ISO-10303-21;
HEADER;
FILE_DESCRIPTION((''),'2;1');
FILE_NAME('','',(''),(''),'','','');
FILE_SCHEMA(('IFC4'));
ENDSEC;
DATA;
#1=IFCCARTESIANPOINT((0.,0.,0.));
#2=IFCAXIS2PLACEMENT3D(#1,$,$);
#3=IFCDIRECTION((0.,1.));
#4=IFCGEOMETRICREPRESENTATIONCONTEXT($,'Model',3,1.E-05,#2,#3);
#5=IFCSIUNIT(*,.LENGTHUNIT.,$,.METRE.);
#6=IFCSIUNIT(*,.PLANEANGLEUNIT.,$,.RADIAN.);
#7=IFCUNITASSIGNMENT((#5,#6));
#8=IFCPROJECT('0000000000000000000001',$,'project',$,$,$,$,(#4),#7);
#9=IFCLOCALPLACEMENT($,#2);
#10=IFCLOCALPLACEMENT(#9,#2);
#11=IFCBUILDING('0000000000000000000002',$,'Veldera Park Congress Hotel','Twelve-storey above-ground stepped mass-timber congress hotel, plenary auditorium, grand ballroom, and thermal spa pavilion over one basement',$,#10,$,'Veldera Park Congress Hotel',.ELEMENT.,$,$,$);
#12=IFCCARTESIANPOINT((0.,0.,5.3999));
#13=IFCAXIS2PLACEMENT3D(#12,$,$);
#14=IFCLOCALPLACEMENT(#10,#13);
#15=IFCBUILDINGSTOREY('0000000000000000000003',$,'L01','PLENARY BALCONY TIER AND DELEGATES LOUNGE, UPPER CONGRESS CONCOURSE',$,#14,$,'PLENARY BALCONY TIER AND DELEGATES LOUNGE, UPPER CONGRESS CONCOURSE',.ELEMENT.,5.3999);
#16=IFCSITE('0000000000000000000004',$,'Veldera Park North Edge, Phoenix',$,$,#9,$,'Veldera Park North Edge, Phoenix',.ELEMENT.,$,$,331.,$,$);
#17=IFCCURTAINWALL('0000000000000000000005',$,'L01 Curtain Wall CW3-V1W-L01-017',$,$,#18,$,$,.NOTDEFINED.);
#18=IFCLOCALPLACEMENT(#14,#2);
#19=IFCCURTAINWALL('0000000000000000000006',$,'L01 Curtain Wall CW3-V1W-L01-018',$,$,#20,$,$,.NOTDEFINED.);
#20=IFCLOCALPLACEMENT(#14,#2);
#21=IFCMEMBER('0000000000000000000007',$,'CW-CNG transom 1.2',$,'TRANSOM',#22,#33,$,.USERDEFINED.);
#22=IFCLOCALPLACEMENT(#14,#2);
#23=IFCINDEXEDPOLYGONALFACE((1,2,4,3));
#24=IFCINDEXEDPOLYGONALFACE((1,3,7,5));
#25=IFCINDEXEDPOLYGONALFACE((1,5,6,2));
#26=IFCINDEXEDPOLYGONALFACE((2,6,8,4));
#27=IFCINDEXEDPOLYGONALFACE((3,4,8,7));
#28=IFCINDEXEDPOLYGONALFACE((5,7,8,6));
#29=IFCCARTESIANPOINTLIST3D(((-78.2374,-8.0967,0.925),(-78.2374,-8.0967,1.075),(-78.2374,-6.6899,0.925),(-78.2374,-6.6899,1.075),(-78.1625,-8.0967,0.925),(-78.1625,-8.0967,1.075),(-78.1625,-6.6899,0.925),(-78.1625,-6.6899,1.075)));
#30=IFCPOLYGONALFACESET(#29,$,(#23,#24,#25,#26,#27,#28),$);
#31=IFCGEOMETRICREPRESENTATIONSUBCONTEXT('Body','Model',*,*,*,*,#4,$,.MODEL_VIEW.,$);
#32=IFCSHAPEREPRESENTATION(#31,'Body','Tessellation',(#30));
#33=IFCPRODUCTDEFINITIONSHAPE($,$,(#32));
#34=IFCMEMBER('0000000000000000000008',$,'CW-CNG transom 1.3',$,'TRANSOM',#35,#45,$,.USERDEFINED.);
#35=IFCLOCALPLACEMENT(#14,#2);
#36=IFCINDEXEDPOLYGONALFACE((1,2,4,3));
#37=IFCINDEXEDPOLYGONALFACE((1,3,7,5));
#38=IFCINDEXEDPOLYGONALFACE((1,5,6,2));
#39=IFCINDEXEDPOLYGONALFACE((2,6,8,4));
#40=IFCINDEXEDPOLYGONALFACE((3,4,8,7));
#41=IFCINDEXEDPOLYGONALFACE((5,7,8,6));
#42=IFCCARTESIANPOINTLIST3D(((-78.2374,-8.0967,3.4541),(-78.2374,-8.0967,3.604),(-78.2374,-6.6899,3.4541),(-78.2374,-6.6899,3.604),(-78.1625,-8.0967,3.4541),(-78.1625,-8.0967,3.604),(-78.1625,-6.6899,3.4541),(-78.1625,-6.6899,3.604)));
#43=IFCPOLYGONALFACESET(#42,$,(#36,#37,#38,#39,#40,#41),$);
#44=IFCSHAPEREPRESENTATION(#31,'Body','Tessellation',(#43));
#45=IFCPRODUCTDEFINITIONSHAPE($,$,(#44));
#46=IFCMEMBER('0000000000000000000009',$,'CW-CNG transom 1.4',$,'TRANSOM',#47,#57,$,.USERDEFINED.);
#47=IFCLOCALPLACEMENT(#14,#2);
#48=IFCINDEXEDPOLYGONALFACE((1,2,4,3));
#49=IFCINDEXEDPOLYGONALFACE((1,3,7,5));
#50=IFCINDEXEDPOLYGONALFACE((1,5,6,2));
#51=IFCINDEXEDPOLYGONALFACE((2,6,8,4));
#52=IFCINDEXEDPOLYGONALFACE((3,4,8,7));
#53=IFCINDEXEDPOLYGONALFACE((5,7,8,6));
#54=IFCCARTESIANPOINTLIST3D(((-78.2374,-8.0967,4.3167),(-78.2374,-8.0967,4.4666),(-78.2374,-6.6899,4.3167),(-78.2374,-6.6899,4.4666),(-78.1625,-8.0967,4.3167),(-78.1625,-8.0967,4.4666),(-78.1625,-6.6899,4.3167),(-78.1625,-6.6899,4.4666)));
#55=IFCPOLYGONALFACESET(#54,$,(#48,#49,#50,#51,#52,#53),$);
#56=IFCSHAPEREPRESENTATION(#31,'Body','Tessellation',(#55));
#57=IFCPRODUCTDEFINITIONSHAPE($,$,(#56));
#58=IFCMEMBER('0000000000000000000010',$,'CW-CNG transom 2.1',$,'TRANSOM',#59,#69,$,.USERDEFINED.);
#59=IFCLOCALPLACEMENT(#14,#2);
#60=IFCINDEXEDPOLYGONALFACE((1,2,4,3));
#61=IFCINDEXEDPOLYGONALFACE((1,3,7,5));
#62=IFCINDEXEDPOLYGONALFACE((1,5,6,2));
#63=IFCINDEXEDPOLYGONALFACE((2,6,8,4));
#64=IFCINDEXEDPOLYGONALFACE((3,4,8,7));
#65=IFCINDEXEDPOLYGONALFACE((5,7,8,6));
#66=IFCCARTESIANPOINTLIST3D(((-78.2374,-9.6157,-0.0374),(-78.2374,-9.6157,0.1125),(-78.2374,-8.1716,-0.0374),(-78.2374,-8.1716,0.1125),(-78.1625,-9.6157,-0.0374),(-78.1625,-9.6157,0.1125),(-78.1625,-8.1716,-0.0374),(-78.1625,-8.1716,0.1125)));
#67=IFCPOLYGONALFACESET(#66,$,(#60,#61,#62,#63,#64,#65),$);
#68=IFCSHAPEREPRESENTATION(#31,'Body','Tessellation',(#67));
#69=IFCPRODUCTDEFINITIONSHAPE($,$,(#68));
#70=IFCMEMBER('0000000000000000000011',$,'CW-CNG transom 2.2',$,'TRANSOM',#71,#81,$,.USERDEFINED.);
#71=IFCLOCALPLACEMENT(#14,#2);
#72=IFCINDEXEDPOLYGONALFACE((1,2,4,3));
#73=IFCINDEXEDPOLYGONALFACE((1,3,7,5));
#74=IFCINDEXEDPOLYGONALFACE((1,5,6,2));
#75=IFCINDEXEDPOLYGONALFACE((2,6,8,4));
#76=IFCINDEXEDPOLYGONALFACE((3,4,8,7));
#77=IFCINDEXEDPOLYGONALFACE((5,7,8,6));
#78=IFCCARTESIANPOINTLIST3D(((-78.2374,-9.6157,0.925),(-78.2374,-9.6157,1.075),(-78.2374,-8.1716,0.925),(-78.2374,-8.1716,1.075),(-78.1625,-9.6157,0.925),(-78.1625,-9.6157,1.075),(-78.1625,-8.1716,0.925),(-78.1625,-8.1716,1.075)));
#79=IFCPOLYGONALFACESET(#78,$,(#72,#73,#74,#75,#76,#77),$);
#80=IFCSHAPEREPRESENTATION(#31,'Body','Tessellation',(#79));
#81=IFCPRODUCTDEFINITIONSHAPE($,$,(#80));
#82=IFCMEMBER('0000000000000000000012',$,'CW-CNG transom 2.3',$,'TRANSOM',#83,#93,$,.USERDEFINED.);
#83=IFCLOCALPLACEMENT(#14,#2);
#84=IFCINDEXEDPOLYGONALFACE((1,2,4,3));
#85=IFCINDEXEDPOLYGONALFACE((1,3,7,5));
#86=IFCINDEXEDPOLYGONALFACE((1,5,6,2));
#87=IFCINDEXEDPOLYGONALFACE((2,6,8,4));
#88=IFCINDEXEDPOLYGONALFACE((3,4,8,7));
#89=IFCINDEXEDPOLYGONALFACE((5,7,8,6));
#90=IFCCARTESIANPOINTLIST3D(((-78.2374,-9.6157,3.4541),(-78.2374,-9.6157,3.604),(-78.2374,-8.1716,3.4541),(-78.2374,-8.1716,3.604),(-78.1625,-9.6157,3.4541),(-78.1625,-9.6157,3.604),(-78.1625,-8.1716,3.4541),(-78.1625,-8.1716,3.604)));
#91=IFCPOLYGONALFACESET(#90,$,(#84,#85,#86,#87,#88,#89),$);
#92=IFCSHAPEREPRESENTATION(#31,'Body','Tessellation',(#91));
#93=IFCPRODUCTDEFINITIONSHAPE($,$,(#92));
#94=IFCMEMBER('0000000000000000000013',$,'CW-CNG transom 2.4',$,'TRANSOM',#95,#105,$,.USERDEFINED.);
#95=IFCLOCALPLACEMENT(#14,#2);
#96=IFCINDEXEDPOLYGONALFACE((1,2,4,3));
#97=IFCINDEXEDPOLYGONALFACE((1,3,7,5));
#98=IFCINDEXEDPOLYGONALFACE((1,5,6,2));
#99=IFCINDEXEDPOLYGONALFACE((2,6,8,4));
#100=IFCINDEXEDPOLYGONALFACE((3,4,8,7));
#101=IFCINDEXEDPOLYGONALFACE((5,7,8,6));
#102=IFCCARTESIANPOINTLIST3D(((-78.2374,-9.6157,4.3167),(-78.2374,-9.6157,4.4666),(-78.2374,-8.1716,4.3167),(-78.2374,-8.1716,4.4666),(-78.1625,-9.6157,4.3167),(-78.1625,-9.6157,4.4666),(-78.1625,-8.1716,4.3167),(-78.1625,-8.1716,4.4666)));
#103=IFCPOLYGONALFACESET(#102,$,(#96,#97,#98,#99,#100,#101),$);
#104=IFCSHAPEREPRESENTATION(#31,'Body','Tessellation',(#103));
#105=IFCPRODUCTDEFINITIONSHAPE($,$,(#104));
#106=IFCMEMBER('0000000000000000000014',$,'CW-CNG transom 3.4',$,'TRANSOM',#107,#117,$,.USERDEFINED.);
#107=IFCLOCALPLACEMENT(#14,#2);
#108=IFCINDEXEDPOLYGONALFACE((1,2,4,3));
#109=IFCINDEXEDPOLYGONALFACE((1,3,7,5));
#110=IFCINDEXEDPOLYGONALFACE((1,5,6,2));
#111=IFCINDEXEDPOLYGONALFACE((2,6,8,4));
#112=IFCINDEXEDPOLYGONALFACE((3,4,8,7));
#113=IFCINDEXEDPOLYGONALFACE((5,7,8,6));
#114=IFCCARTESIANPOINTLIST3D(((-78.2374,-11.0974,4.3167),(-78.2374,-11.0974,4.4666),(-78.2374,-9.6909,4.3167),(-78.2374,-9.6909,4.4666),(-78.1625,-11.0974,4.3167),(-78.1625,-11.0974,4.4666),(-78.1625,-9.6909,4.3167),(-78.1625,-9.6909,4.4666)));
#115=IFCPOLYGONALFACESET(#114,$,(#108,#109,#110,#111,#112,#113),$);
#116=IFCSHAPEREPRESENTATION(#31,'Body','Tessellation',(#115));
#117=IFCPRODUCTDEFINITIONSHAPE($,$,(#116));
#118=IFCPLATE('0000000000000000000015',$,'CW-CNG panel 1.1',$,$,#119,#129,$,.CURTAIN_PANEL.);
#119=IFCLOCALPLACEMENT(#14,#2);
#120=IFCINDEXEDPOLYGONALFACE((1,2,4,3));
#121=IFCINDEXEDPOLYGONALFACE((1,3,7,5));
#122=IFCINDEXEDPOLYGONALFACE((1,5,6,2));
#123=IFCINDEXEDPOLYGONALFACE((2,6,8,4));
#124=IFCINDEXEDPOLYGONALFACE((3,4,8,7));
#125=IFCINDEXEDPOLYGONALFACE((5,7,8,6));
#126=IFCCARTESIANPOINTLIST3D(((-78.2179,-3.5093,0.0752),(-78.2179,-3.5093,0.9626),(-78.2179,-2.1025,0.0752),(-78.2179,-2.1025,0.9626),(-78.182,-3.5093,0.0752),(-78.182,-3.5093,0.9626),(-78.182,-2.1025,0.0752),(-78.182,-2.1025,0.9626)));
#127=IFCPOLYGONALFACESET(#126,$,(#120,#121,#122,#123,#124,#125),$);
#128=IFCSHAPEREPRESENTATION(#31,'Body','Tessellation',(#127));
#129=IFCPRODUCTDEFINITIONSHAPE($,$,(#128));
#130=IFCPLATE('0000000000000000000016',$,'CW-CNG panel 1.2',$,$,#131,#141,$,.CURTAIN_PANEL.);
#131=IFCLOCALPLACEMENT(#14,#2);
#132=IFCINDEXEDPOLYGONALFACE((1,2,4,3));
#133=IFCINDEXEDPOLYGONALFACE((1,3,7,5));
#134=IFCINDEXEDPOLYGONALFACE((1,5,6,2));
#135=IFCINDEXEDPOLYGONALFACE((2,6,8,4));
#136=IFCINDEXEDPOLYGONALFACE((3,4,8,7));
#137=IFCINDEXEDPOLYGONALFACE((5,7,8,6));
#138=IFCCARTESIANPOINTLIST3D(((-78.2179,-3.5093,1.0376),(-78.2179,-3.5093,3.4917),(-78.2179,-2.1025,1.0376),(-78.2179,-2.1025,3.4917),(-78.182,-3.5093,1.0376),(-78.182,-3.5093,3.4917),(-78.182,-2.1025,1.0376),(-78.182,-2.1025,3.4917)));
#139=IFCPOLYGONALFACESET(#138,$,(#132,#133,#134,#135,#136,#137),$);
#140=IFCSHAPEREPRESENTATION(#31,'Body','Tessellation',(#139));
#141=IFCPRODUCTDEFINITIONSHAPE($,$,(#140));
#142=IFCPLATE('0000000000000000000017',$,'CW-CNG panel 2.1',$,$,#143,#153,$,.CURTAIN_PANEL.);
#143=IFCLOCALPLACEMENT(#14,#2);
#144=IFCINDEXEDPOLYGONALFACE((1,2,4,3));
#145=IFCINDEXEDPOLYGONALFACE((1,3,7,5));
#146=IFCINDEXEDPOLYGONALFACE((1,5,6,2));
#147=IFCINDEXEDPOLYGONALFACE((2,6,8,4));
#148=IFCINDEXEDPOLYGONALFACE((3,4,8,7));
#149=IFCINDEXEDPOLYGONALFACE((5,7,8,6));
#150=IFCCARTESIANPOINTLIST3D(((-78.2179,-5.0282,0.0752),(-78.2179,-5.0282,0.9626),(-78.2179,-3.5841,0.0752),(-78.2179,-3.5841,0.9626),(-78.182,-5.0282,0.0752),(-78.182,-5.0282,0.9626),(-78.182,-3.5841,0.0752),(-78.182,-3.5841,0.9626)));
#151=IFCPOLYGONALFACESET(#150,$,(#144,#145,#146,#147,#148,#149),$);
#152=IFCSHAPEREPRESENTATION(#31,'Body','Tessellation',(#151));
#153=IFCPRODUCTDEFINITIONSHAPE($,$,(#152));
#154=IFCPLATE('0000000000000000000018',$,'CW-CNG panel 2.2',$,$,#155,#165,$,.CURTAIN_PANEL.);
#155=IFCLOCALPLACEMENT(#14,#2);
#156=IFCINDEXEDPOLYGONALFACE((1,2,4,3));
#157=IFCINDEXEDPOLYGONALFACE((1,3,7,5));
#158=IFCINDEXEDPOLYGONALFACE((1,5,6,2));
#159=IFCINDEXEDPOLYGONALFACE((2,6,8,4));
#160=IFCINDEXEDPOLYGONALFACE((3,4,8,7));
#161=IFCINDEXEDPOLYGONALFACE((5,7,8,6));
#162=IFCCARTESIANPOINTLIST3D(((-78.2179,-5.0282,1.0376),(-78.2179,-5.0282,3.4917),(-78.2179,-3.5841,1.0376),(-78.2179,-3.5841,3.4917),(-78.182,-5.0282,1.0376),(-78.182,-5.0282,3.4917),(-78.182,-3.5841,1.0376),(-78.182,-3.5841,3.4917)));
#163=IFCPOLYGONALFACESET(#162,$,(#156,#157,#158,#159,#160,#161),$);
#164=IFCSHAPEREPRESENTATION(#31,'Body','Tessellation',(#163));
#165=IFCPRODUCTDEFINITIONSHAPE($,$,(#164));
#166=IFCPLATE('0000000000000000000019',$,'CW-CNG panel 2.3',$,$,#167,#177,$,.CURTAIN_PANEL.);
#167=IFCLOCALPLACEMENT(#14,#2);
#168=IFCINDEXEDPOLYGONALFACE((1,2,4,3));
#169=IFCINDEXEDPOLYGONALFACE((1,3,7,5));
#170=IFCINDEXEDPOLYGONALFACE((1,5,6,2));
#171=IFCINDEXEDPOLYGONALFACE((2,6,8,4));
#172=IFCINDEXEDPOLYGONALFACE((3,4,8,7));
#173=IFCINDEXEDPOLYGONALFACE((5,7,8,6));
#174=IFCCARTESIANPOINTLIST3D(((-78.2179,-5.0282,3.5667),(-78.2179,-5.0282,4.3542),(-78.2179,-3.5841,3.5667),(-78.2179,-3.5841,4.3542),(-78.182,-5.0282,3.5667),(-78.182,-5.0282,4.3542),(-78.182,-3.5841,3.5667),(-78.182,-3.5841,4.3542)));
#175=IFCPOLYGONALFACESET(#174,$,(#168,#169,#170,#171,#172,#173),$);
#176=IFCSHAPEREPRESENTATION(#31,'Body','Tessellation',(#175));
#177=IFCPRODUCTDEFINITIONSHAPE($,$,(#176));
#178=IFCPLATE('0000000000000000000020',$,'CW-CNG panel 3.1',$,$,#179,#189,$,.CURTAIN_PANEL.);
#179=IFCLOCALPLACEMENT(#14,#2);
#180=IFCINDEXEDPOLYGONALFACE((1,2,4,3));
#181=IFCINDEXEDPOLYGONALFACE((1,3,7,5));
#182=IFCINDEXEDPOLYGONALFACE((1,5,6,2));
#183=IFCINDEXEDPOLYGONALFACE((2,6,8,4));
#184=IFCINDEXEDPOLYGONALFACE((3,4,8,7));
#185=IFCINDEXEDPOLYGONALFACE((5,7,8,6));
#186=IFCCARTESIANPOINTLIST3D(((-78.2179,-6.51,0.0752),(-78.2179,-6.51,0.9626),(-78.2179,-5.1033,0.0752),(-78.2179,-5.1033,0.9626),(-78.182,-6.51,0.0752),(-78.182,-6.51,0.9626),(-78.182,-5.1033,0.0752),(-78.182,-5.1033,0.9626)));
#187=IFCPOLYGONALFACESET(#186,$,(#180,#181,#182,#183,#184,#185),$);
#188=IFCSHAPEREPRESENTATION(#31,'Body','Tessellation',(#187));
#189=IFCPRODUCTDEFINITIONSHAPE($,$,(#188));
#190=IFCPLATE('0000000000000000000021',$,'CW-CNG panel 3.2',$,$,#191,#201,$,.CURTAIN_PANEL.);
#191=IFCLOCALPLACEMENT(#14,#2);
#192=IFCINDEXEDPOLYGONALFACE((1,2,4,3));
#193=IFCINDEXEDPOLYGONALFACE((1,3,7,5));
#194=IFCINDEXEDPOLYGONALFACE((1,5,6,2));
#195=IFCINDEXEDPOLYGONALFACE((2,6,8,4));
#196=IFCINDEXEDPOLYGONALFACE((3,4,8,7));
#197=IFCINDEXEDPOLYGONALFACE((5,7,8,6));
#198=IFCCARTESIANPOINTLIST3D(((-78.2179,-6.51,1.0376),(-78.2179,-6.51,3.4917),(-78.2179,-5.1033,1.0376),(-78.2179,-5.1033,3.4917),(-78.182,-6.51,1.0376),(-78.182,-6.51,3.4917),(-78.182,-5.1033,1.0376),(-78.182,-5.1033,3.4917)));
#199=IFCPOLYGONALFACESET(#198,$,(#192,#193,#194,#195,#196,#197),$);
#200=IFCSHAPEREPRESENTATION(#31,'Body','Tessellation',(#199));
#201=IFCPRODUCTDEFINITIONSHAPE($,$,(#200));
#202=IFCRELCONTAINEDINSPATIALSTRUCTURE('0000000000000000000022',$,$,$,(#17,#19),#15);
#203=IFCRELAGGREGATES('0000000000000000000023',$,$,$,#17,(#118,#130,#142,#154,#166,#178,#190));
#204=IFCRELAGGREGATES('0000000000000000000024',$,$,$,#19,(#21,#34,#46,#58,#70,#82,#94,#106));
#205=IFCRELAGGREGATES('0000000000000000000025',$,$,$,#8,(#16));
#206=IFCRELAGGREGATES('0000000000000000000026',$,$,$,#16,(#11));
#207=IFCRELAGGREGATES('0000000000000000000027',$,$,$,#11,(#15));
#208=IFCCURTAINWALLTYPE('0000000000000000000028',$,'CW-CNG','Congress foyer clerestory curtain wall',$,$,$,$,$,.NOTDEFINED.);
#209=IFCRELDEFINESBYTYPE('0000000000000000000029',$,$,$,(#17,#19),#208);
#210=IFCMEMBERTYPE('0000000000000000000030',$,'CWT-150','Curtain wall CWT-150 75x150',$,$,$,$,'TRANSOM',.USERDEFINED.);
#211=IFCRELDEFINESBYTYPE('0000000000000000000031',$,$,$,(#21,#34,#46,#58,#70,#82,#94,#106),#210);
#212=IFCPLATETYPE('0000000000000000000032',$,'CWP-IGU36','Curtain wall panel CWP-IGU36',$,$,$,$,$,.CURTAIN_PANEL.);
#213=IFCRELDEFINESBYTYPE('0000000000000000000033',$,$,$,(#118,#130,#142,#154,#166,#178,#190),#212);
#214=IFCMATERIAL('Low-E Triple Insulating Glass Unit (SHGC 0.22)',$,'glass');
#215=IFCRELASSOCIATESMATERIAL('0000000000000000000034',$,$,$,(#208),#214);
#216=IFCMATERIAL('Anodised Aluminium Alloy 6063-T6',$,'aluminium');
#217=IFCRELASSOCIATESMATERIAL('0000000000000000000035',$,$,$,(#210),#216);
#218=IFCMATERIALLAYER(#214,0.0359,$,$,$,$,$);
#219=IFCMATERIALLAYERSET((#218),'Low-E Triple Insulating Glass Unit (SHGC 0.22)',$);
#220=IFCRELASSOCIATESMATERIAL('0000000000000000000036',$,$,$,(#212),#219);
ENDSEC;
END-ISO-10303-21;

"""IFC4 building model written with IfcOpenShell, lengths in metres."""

from ifc_helpers import new_model, si_unit, direction, frame, origin, origin_2d, place, context, subcontext, project, spatial, rectangle, extrude, material, layer, layer_set, material_profile, profile_set, type_object, element, aggregate, save


model = new_model("IFC4")

# Units and contexts
model_context = context("Model", 3, precision=1e-05, world=origin(), true_north=direction((0.0, 1.0)))
body_context = subcontext(model_context, "Body", "Model", "MODEL_VIEW")
ifc_project = project(units=[si_unit("LENGTHUNIT", "METRE"), si_unit("PLANEANGLEUNIT", "RADIAN")], contexts=[model_context])

# Site, building, storey
site_placement = place(None, origin())
site = spatial("IfcSite", under=ifc_project, at=site_placement, Name="Veldera Park North Edge, Phoenix", LongName="Veldera Park North Edge, Phoenix", CompositionType="ELEMENT", RefElevation=331.0)
building_placement = place(site_placement, origin())
building = spatial("IfcBuilding", under=site, at=building_placement, Name="Veldera Park Congress Hotel", Description="Twelve-storey above-ground stepped mass-timber congress hotel, plenary auditorium, grand ballroom, and thermal spa pavilion over one basement", LongName="Veldera Park Congress Hotel", CompositionType="ELEMENT")
storey_placement = place(building_placement, frame((0.0, 0.0, 5.3999)))
storey = spatial("IfcBuildingStorey", under=building, at=storey_placement, Name="L01", Description="PLENARY BALCONY TIER AND DELEGATES LOUNGE, UPPER CONGRESS CONCOURSE", LongName="PLENARY BALCONY TIER AND DELEGATES LOUNGE, UPPER CONGRESS CONCOURSE", CompositionType="ELEMENT", Elevation=5.3999)

# Curtain walls
ifc_material_1 = material(Name="Low-E Triple Insulating Glass Unit (SHGC 0.22)", Category="glass")
curtain_wall_type = type_object("IfcCurtainWallType", Name="CW-CNG", Description="Congress foyer clerestory curtain wall", PredefinedType="NOTDEFINED", material=ifc_material_1)
curtain_wall_1_placement = place(storey_placement, origin())
curtain_wall_1 = element("IfcCurtainWall", 1, at=curtain_wall_1_placement, inside=storey, type_object=curtain_wall_type, Name="L01 Curtain Wall CW3-V1W-L01-017", PredefinedType="NOTDEFINED")
ifc_material_2 = material(Name="Anodised Aluminium Alloy 6063-T6", Category="aluminium")
curtain_wall_2_placement = place(storey_placement, origin())
curtain_wall_2 = element("IfcCurtainWall", 2, at=curtain_wall_2_placement, inside=storey, type_object=curtain_wall_type, Name="L01 Curtain Wall CW3-V1W-L01-018", PredefinedType="NOTDEFINED")

# Members
ifc_material_profile_1 = material_profile(ifc_material_2, rectangle(XDim=0.075, YDim=0.1499, at=origin_2d()), Name="ALU 75x150")
ifc_profile_set_1 = profile_set([ifc_material_profile_1], Name="Anodised Aluminium Alloy 6063-T6")
member_type_1 = type_object("IfcMemberType", Name="CWT-150", Description="Curtain wall CWT-150 75x150", ElementType="TRANSOM", PredefinedType="USERDEFINED", material=ifc_profile_set_1)
member_1_placement = place(storey_placement, frame((-78.2, -6.6899, 1.0), z_axis=(0.0, -1.0, 0.0), x_axis=(1.0, 0.0, 0.0)))
member_1 = element("IfcMember", 3, at=member_1_placement, type_object=member_type_1, Name="CW-CNG transom 1.2", ObjectType="TRANSOM", PredefinedType="USERDEFINED", context=body_context, shape_type="SweptSolid", body=[
    extrude(rectangle(XDim=0.075, YDim=0.1499, at=origin_2d()), origin(), (0.0, 0.0, 1.0), 1.4067),
])
member_2_placement = place(storey_placement, frame((-78.2, -6.6899, 3.5291), z_axis=(0.0, -1.0, 0.0), x_axis=(1.0, 0.0, 0.0)))
member_2 = element("IfcMember", 4, at=member_2_placement, type_object=member_type_1, Name="CW-CNG transom 1.3", ObjectType="TRANSOM", PredefinedType="USERDEFINED", context=body_context, shape_type="SweptSolid", body=[
    extrude(rectangle(XDim=0.075, YDim=0.1499, at=origin_2d()), origin(), (0.0, 0.0, 1.0), 1.4067),
])
member_3_placement = place(storey_placement, frame((-78.2, -6.6899, 4.3916), z_axis=(0.0, -1.0, 0.0), x_axis=(1.0, 0.0, 0.0)))
member_3 = element("IfcMember", 5, at=member_3_placement, type_object=member_type_1, Name="CW-CNG transom 1.4", ObjectType="TRANSOM", PredefinedType="USERDEFINED", context=body_context, shape_type="SweptSolid", body=[
    extrude(rectangle(XDim=0.075, YDim=0.1499, at=origin_2d()), origin(), (0.0, 0.0, 1.0), 1.4067),
])
member_4_placement = place(storey_placement, frame((-78.2, -8.1716, 0.0376), z_axis=(0.0, -1.0, 0.0), x_axis=(1.0, 0.0, 0.0)))
member_4 = element("IfcMember", 6, at=member_4_placement, type_object=member_type_1, Name="CW-CNG transom 2.1", ObjectType="TRANSOM", PredefinedType="USERDEFINED", context=body_context, shape_type="SweptSolid", body=[
    extrude(rectangle(XDim=0.075, YDim=0.1499, at=origin_2d()), origin(), (0.0, 0.0, 1.0), 1.4441),
])
member_5_placement = place(storey_placement, frame((-78.2, -8.1716, 1.0), z_axis=(0.0, -1.0, 0.0), x_axis=(1.0, 0.0, 0.0)))
member_5 = element("IfcMember", 7, at=member_5_placement, type_object=member_type_1, Name="CW-CNG transom 2.2", ObjectType="TRANSOM", PredefinedType="USERDEFINED", context=body_context, shape_type="SweptSolid", body=[
    extrude(rectangle(XDim=0.075, YDim=0.1499, at=origin_2d()), origin(), (0.0, 0.0, 1.0), 1.4441),
])
member_6_placement = place(storey_placement, frame((-78.2, -8.1716, 3.5291), z_axis=(0.0, -1.0, 0.0), x_axis=(1.0, 0.0, 0.0)))
member_6 = element("IfcMember", 8, at=member_6_placement, type_object=member_type_1, Name="CW-CNG transom 2.3", ObjectType="TRANSOM", PredefinedType="USERDEFINED", context=body_context, shape_type="SweptSolid", body=[
    extrude(rectangle(XDim=0.075, YDim=0.1499, at=origin_2d()), origin(), (0.0, 0.0, 1.0), 1.4441),
])
member_7_placement = place(storey_placement, frame((-78.2, -8.1716, 4.3916), z_axis=(0.0, -1.0, 0.0), x_axis=(1.0, 0.0, 0.0)))
member_7 = element("IfcMember", 9, at=member_7_placement, type_object=member_type_1, Name="CW-CNG transom 2.4", ObjectType="TRANSOM", PredefinedType="USERDEFINED", context=body_context, shape_type="SweptSolid", body=[
    extrude(rectangle(XDim=0.075, YDim=0.1499, at=origin_2d()), origin(), (0.0, 0.0, 1.0), 1.4441),
])
member_8_placement = place(storey_placement, frame((-78.2, -9.6909, 4.3916), z_axis=(0.0, -1.0, 0.0), x_axis=(1.0, 0.0, 0.0)))
member_8 = element("IfcMember", 10, at=member_8_placement, type_object=member_type_1, Name="CW-CNG transom 3.4", ObjectType="TRANSOM", PredefinedType="USERDEFINED", context=body_context, shape_type="SweptSolid", body=[
    extrude(rectangle(XDim=0.075, YDim=0.1499, at=origin_2d()), origin(), (0.0, 0.0, 1.0), 1.4065),
])

# Plates
ifc_layer_1 = layer(ifc_material_1, 0.0359)
ifc_layer_set_1 = layer_set([ifc_layer_1], Name="Low-E Triple Insulating Glass Unit (SHGC 0.22)")
plate_type_1 = type_object("IfcPlateType", Name="CWP-IGU36", Description="Curtain wall panel CWP-IGU36", PredefinedType="CURTAIN_PANEL", material=ifc_layer_set_1)
plate_1_placement = place(storey_placement, frame((-78.2, -2.8059, 0.0752), z_axis=(0.0, 0.0, 1.0), x_axis=(0.0, -1.0, 0.0)))
plate_1 = element("IfcPlate", 11, at=plate_1_placement, type_object=plate_type_1, Name="CW-CNG panel 1.1", PredefinedType="CURTAIN_PANEL", context=body_context, shape_type="SweptSolid", body=[
    extrude(rectangle(XDim=1.4067, YDim=0.0359, at=origin_2d()), origin(), (0.0, 0.0, 1.0), 0.8875),
])
plate_2_placement = place(storey_placement, frame((-78.2, -2.8059, 1.0376), z_axis=(0.0, 0.0, 1.0), x_axis=(0.0, -1.0, 0.0)))
plate_2 = element("IfcPlate", 12, at=plate_2_placement, type_object=plate_type_1, Name="CW-CNG panel 1.2", PredefinedType="CURTAIN_PANEL", context=body_context, shape_type="SweptSolid", body=[
    extrude(rectangle(XDim=1.4067, YDim=0.0359, at=origin_2d()), origin(), (0.0, 0.0, 1.0), 2.4541),
])
plate_3_placement = place(storey_placement, frame((-78.2, -4.3062, 0.0752), z_axis=(0.0, 0.0, 1.0), x_axis=(0.0, -1.0, 0.0)))
plate_3 = element("IfcPlate", 13, at=plate_3_placement, type_object=plate_type_1, Name="CW-CNG panel 2.1", PredefinedType="CURTAIN_PANEL", context=body_context, shape_type="SweptSolid", body=[
    extrude(rectangle(XDim=1.4441, YDim=0.0359, at=origin_2d()), origin(), (0.0, 0.0, 1.0), 0.8875),
])
plate_4_placement = place(storey_placement, frame((-78.2, -4.3062, 1.0376), z_axis=(0.0, 0.0, 1.0), x_axis=(0.0, -1.0, 0.0)))
plate_4 = element("IfcPlate", 14, at=plate_4_placement, type_object=plate_type_1, Name="CW-CNG panel 2.2", PredefinedType="CURTAIN_PANEL", context=body_context, shape_type="SweptSolid", body=[
    extrude(rectangle(XDim=1.4441, YDim=0.0359, at=origin_2d()), origin(), (0.0, 0.0, 1.0), 2.4541),
])
plate_5_placement = place(storey_placement, frame((-78.2, -4.3062, 3.5667), z_axis=(0.0, 0.0, 1.0), x_axis=(0.0, -1.0, 0.0)))
plate_5 = element("IfcPlate", 15, at=plate_5_placement, type_object=plate_type_1, Name="CW-CNG panel 2.3", PredefinedType="CURTAIN_PANEL", context=body_context, shape_type="SweptSolid", body=[
    extrude(rectangle(XDim=1.4441, YDim=0.0359, at=origin_2d()), origin(), (0.0, 0.0, 1.0), 0.7876),
])
plate_6_placement = place(storey_placement, frame((-78.2, -5.8066, 0.0752), z_axis=(0.0, 0.0, 1.0), x_axis=(0.0, -1.0, 0.0)))
plate_6 = element("IfcPlate", 16, at=plate_6_placement, type_object=plate_type_1, Name="CW-CNG panel 3.1", PredefinedType="CURTAIN_PANEL", context=body_context, shape_type="SweptSolid", body=[
    extrude(rectangle(XDim=1.4067, YDim=0.0359, at=origin_2d()), origin(), (0.0, 0.0, 1.0), 0.8875),
])
plate_7_placement = place(storey_placement, frame((-78.2, -5.8066, 1.0376), z_axis=(0.0, 0.0, 1.0), x_axis=(0.0, -1.0, 0.0)))
plate_7 = element("IfcPlate", 17, at=plate_7_placement, type_object=plate_type_1, Name="CW-CNG panel 3.2", PredefinedType="CURTAIN_PANEL", context=body_context, shape_type="SweptSolid", body=[
    extrude(rectangle(XDim=1.4067, YDim=0.0359, at=origin_2d()), origin(), (0.0, 0.0, 1.0), 2.4541),
])
aggregate(curtain_wall_1, [plate_1, plate_2, plate_3, plate_4, plate_5, plate_6, plate_7])
aggregate(curtain_wall_2, [member_1, member_2, member_3, member_4, member_5, member_6, member_7, member_8])

save(model, "model.ifc")
